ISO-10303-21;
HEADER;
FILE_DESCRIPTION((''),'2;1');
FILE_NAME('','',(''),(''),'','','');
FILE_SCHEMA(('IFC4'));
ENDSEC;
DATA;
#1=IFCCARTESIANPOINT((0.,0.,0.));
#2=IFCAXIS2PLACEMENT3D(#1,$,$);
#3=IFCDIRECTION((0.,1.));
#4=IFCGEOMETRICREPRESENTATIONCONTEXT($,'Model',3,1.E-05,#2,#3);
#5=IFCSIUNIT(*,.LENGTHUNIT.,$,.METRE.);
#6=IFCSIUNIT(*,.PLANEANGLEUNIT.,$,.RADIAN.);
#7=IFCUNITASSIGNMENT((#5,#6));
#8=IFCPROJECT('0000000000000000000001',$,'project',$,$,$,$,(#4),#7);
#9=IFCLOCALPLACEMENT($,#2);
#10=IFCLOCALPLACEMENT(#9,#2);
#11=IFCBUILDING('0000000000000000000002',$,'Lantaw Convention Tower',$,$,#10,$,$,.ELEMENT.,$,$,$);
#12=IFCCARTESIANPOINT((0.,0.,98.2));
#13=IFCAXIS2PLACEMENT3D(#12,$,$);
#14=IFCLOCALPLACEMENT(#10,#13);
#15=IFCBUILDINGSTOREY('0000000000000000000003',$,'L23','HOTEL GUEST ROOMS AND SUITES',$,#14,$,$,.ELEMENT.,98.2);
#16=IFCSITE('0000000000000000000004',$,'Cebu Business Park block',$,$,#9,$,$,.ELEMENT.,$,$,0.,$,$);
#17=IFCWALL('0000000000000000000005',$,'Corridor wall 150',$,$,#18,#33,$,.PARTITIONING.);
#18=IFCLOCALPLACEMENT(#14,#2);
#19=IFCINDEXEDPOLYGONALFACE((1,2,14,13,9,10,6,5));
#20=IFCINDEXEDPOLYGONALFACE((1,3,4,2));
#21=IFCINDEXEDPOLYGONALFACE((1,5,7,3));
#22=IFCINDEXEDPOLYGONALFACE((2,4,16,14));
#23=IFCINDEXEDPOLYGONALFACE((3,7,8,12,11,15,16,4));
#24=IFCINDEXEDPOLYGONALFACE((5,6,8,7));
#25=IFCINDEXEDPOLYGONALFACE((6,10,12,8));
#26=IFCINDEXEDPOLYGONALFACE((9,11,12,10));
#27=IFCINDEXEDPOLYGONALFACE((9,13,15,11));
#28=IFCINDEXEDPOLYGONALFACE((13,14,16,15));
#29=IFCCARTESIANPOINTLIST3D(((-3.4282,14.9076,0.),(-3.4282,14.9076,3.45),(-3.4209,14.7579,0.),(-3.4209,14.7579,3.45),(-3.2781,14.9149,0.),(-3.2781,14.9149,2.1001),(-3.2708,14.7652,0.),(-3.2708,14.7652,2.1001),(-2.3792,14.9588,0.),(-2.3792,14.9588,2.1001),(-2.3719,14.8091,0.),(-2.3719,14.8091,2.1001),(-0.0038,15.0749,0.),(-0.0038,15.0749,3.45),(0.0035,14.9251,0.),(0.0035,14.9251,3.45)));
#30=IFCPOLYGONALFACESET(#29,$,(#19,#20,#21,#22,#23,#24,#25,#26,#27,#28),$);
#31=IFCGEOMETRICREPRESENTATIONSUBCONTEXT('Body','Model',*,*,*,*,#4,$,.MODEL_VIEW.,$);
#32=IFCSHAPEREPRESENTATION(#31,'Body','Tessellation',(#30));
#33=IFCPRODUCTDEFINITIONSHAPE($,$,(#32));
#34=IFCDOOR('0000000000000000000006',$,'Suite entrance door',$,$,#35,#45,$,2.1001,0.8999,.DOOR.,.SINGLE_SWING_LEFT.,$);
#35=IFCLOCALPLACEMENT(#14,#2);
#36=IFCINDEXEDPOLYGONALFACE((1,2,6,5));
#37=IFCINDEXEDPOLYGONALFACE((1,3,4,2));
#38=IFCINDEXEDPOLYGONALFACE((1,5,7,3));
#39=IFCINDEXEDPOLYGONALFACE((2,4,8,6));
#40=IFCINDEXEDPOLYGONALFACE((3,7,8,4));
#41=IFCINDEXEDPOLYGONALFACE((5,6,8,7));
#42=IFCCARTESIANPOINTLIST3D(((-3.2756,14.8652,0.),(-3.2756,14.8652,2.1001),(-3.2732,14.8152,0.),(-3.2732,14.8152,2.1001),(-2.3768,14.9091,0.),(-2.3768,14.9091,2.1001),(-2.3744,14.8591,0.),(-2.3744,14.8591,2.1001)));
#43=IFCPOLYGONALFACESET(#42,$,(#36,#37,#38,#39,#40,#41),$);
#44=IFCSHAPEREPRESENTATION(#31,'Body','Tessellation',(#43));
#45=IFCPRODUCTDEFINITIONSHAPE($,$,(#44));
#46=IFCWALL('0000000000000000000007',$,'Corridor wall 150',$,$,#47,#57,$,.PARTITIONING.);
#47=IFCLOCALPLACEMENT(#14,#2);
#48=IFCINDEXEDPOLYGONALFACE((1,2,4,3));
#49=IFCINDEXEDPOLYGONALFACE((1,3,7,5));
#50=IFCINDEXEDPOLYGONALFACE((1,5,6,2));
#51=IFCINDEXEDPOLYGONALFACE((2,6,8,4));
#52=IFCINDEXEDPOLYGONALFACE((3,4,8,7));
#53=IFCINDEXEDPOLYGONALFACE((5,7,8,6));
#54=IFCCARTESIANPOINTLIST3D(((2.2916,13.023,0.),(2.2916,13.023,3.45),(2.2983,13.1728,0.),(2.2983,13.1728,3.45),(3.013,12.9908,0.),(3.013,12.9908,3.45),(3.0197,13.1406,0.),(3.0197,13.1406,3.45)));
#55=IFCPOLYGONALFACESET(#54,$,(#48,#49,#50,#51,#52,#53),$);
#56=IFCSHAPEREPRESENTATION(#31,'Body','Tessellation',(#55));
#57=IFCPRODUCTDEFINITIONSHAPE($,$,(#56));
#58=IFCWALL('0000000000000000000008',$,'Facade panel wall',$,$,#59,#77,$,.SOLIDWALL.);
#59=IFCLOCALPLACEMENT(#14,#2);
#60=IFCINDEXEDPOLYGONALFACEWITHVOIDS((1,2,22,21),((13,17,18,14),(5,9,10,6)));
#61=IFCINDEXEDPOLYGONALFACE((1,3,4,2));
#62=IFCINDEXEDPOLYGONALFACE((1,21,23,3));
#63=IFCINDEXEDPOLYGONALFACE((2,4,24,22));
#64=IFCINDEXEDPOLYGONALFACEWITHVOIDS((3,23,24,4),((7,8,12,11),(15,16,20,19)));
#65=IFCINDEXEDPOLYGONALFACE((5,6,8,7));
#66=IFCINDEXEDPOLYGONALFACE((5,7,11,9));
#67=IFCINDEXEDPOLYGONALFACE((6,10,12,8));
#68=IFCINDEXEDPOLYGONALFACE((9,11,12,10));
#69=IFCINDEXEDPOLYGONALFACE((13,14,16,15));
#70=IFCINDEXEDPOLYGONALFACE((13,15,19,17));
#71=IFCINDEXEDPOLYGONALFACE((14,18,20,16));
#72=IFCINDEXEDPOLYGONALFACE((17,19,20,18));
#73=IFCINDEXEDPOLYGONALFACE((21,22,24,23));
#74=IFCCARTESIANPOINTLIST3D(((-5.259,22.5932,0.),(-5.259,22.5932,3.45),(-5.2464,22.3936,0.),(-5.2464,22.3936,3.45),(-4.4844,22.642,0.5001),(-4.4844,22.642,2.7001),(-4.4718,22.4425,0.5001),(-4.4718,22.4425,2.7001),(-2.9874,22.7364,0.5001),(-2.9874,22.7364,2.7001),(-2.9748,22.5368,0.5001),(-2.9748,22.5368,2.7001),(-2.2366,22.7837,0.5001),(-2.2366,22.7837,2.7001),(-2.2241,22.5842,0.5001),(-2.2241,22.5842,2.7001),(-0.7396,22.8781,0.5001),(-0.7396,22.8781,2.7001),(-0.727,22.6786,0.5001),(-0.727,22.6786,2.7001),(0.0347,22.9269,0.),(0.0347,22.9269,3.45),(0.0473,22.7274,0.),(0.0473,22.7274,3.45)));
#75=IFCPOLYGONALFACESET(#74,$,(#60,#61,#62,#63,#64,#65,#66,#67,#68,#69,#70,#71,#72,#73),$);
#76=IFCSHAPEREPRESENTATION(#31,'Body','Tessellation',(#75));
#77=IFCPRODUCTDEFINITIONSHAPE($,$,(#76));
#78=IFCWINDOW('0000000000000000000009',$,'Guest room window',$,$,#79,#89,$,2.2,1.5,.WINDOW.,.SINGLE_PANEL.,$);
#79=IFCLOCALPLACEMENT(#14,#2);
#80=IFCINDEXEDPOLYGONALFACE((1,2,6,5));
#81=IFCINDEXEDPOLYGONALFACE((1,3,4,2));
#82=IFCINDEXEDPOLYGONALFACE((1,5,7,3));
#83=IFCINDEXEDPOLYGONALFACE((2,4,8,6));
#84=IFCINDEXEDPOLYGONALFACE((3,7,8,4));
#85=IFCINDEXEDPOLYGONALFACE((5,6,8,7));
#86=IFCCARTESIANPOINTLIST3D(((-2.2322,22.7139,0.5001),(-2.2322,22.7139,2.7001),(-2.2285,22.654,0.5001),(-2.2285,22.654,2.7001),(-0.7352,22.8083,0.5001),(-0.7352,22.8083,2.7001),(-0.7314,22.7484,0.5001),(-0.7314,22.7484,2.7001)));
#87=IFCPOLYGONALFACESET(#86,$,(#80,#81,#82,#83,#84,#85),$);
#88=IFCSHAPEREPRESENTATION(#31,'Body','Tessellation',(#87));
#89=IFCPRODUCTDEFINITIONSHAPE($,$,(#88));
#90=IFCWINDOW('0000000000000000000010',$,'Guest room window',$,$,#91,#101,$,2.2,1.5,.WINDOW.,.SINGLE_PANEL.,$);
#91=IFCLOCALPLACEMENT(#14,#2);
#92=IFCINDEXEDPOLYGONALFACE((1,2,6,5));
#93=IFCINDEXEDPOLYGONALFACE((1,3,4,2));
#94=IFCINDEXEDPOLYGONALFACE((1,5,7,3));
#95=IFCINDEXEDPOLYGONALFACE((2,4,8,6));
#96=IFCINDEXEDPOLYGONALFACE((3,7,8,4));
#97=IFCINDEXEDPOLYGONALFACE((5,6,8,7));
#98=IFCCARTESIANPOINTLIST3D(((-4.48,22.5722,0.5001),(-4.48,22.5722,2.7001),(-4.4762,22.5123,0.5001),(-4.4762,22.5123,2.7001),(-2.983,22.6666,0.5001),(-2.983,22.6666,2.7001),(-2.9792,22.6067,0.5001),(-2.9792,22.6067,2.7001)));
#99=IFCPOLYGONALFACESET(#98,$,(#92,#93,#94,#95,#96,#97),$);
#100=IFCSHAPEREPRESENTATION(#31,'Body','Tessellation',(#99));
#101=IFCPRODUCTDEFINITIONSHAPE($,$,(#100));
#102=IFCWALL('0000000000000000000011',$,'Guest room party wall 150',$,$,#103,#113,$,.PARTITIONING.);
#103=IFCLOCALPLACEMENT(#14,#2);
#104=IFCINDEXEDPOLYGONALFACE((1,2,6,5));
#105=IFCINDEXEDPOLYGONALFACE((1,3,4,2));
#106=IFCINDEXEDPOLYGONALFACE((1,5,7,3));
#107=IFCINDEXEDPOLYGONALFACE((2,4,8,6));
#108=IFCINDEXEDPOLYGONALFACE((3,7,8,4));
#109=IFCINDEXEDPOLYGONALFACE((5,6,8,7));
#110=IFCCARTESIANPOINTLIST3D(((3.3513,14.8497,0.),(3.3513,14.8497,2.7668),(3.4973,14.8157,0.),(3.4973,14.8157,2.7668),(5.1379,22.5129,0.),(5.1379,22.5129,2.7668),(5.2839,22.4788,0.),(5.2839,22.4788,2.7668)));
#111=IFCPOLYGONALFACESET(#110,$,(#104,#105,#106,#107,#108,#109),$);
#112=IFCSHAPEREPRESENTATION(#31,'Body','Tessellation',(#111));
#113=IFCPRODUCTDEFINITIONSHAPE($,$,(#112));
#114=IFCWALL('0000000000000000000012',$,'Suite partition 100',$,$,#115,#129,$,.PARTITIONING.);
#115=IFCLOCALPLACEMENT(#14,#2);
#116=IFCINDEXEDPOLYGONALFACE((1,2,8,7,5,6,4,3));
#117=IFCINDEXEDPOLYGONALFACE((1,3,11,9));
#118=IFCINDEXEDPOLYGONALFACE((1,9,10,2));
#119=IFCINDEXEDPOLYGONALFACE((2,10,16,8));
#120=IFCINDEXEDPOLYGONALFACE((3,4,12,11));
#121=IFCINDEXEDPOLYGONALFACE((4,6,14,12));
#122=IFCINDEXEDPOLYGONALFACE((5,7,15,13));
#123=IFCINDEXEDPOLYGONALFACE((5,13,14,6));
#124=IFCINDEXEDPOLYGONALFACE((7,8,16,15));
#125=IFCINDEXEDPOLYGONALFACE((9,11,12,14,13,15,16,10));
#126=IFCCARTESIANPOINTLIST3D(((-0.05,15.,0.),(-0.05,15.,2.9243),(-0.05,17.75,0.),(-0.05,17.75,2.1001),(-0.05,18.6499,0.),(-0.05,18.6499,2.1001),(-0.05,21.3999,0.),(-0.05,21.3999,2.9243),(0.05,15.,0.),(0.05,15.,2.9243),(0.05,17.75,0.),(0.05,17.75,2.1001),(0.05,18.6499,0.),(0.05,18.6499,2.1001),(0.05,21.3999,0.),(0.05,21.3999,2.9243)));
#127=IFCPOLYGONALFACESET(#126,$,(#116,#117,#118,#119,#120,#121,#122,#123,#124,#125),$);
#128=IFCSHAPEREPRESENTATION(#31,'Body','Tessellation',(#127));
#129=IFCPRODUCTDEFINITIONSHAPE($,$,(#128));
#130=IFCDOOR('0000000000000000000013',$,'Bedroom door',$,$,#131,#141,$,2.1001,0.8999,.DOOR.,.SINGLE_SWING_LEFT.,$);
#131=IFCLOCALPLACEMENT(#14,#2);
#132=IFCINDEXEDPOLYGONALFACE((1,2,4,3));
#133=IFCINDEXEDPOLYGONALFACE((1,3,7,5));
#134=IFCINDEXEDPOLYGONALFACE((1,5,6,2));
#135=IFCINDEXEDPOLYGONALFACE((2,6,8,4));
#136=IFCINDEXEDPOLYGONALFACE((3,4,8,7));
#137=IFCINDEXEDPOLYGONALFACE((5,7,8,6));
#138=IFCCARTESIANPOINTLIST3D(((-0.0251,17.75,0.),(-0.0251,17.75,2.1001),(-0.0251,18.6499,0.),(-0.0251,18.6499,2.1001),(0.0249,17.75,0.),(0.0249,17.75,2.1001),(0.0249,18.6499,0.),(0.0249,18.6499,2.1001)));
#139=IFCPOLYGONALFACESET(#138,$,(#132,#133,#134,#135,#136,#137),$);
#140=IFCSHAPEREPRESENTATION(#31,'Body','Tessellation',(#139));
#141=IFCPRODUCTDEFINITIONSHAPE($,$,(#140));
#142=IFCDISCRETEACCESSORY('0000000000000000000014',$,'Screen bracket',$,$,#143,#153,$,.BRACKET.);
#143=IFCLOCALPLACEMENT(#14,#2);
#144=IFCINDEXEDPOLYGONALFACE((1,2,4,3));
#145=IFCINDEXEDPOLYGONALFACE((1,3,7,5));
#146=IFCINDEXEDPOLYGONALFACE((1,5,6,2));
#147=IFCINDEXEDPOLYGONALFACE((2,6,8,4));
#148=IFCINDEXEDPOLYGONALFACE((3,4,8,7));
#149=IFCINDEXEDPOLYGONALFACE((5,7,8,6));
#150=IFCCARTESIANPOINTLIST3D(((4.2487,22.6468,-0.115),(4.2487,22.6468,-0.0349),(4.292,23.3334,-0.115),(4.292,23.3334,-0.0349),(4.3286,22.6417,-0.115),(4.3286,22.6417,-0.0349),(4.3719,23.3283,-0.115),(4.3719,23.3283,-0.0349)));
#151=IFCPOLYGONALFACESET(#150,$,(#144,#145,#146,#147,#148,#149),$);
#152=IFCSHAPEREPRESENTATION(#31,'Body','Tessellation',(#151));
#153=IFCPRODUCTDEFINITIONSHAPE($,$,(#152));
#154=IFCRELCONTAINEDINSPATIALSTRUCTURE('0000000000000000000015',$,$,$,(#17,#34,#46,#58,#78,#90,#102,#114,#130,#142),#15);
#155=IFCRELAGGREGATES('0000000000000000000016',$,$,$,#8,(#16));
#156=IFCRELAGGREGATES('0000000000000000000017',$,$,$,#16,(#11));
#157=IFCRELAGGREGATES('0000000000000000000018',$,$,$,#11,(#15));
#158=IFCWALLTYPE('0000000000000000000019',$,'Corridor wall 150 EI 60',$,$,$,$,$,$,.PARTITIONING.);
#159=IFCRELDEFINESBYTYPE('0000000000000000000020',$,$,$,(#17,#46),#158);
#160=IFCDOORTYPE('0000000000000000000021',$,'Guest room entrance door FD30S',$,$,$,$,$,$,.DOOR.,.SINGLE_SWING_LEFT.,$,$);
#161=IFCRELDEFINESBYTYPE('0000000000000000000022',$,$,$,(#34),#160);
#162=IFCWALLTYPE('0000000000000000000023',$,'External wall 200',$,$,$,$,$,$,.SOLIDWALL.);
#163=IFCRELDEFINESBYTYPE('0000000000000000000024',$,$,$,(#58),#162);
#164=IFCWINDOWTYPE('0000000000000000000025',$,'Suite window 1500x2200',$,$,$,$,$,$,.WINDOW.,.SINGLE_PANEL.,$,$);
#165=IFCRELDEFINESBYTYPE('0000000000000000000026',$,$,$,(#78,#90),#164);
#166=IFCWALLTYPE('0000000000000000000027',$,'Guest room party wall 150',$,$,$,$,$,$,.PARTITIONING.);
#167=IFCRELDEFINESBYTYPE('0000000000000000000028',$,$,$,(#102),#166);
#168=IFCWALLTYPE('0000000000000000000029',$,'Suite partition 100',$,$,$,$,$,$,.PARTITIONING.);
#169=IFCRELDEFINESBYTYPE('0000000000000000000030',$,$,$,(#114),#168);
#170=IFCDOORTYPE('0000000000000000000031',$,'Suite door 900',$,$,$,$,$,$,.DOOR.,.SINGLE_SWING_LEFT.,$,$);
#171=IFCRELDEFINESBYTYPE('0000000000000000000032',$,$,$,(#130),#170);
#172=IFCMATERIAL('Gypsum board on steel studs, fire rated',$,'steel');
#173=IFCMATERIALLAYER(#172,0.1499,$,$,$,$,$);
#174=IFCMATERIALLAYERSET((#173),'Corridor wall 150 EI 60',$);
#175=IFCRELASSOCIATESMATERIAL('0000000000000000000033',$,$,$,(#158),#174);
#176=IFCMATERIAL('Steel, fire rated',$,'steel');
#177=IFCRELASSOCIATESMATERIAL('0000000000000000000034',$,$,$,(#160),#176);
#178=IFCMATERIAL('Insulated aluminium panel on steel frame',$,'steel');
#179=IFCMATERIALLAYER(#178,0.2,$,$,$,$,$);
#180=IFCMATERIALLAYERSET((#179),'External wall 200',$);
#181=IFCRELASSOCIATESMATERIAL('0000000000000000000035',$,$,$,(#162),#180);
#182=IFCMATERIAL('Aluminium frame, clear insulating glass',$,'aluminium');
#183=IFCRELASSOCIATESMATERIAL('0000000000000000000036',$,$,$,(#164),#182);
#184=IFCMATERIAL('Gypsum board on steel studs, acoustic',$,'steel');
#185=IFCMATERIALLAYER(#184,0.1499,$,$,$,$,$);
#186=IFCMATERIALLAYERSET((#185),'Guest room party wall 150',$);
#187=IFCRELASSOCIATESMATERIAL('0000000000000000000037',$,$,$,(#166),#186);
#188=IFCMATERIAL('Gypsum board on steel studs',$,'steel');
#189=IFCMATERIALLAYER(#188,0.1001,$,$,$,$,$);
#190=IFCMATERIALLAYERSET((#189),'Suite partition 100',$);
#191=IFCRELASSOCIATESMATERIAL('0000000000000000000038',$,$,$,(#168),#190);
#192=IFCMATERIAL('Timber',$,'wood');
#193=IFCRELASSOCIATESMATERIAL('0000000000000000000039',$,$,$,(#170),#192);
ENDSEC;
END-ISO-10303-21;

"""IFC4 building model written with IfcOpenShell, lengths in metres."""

from ifc_helpers import new_model, si_unit, direction, frame, frame_2d, origin, origin_2d, place, context, subcontext, project, spatial, rectangle, extrude, material, layer, layer_set, type_object, element, fill, save


model = new_model("IFC4")

# Units and contexts
model_context = context("Model", 3, precision=1e-05, world=origin(), true_north=direction((0.0, 1.0)))
body_context = subcontext(model_context, "Body", "Model", "MODEL_VIEW")
ifc_project = project(units=[si_unit("LENGTHUNIT", "METRE"), si_unit("PLANEANGLEUNIT", "RADIAN")], contexts=[model_context])

# Site, building, storey
site_placement = place(None, origin())
site = spatial("IfcSite", under=ifc_project, at=site_placement, Name="Cebu Business Park block", CompositionType="ELEMENT", RefElevation=0.0)
building_placement = place(site_placement, origin())
building = spatial("IfcBuilding", under=site, at=building_placement, Name="Lantaw Convention Tower", CompositionType="ELEMENT")
storey_placement = place(building_placement, frame((0.0, 0.0, 98.2)))
storey = spatial("IfcBuildingStorey", under=building, at=storey_placement, Name="L23", Description="HOTEL GUEST ROOMS AND SUITES", CompositionType="ELEMENT", Elevation=98.2)

# Shared definitions
ifc_material_1 = material(Name="Gypsum board on steel studs", Category="steel")

# Shared definitions
ifc_material_2 = material(Name="Timber", Category="wood")

# Shared definitions
ifc_material_3 = material(Name="Gypsum board on steel studs, fire rated", Category="steel")
ifc_layer_1 = layer(ifc_material_3, 0.1499)
ifc_layer_set_1 = layer_set([ifc_layer_1], Name="Corridor wall 150 EI 60")
wall_type_1 = type_object("IfcWallType", Name="Corridor wall 150 EI 60", PredefinedType="PARTITIONING", material=ifc_layer_set_1)

# Wall, opening, door
wall_1_placement = place(storey_placement, frame((0.0, 15.0, 0.0), z_axis=(0.0, 0.0, 1.0), x_axis=(-0.99881, -0.04878, 0.0)))
wall_1 = element("IfcWall", 1, at=wall_1_placement, inside=storey, type_object=wall_type_1, Name="Corridor wall 150", PredefinedType="PARTITIONING", context=body_context, shape_type="SweptSolid", body=[
    extrude(rectangle(XDim=3.4285, YDim=0.1499, at=frame_2d((1.7144, 0.0))), origin(), (0.0, 0.0, 1.0), 3.45),
])
opening_1_placement = place(wall_1_placement, frame((2.3784, 0.0, 0.0)))
opening_1 = element("IfcOpeningElement", 2, at=opening_1_placement, cuts=wall_1, PredefinedType="OPENING", context=body_context, shape_type="SweptSolid", body=[
    extrude(rectangle(XDim=0.8999, YDim=2.1001, at=frame_2d((0.45, 1.05))), frame((0.0, 0.085, 0.0), z_axis=(0.0, -1.0, 0.0), x_axis=(1.0, 0.0, 0.0)), (0.0, 0.0, 1.0), 0.1699),
])
ifc_material_4 = material(Name="Steel, fire rated", Category="steel")
door_type_1 = type_object("IfcDoorType", Name="Guest room entrance door FD30S", OperationType="SINGLE_SWING_LEFT", PredefinedType="DOOR", material=ifc_material_4)
door_1_placement = place(opening_1_placement, origin())
door_1 = element("IfcDoor", 3, at=door_1_placement, inside=storey, type_object=door_type_1, Name="Suite entrance door", OperationType="SINGLE_SWING_LEFT", OverallHeight=2.1001, OverallWidth=0.8999, PredefinedType="DOOR", context=body_context, shape_type="SweptSolid", body=[
    extrude(rectangle(XDim=0.8999, YDim=2.1001, at=frame_2d((0.45, 1.05))), frame((0.0, 0.0249, 0.0), z_axis=(0.0, -1.0, 0.0), x_axis=(1.0, 0.0, 0.0)), (0.0, 0.0, 1.0), 0.05),
])
fill(opening_1, door_1)

# Wall
wall_2_placement = place(storey_placement, frame((3.0164, 13.0657, 0.0), z_axis=(0.0, 0.0, 1.0), x_axis=(-0.999004, 0.044626, 0.0)))
element("IfcWall", 4, at=wall_2_placement, inside=storey, type_object=wall_type_1, Name="Corridor wall 150", PredefinedType="PARTITIONING", context=body_context, shape_type="SweptSolid", body=[
    extrude(rectangle(XDim=0.7222, YDim=0.1499, at=frame_2d((0.3611, 0.0))), origin(), (0.0, 0.0, 1.0), 3.45),
])

# Wall, openings, windows
ifc_material_5 = material(Name="Insulated aluminium panel on steel frame", Category="steel")
ifc_layer_2 = layer(ifc_material_5, 0.2)
ifc_layer_set_2 = layer_set([ifc_layer_2], Name="External wall 200")
wall_type_2 = type_object("IfcWallType", Name="External wall 200", PredefinedType="SOLIDWALL", material=ifc_layer_set_2)
wall_3_placement = place(storey_placement, frame((0.041, 22.8271, 0.0), z_axis=(0.0, 0.0, 1.0), x_axis=(-0.998019, -0.06292, 0.0)))
wall_3 = element("IfcWall", 5, at=wall_3_placement, inside=storey, type_object=wall_type_2, Name="Facade panel wall", PredefinedType="SOLIDWALL", context=body_context, shape_type="SweptSolid", body=[
    extrude(rectangle(XDim=5.3042, YDim=0.2, at=frame_2d((2.6521, 0.0))), origin(), (0.0, 0.0, 1.0), 3.45),
])
opening_2_placement = place(wall_3_placement, frame((0.7759, 0.0, 0.5)))
opening_2 = element("IfcOpeningElement", 6, at=opening_2_placement, cuts=wall_3, PredefinedType="OPENING", context=body_context, shape_type="SweptSolid", body=[
    extrude(rectangle(XDim=1.5, YDim=2.2, at=frame_2d((0.75, 1.1001))), frame((0.0, 0.1099, 0.0), z_axis=(0.0, -1.0, 0.0), x_axis=(1.0, 0.0, 0.0)), (0.0, 0.0, 1.0), 0.22),
])
opening_3_placement = place(wall_3_placement, frame((3.0281, 0.0, 0.5)))
opening_3 = element("IfcOpeningElement", 7, at=opening_3_placement, cuts=wall_3, PredefinedType="OPENING", context=body_context, shape_type="SweptSolid", body=[
    extrude(rectangle(XDim=1.5, YDim=2.2, at=frame_2d((0.75, 1.1001))), frame((0.0, 0.1099, 0.0), z_axis=(0.0, -1.0, 0.0), x_axis=(1.0, 0.0, 0.0)), (0.0, 0.0, 1.0), 0.22),
])
ifc_material_6 = material(Name="Aluminium frame, clear insulating glass", Category="aluminium")
window_type = type_object("IfcWindowType", Name="Suite window 1500x2200", PartitioningType="SINGLE_PANEL", PredefinedType="WINDOW", material=ifc_material_6)
window_1_placement = place(opening_2_placement, origin())
window_1 = element("IfcWindow", 8, at=window_1_placement, inside=storey, type_object=window_type, Name="Guest room window", OverallHeight=2.2, OverallWidth=1.5, PartitioningType="SINGLE_PANEL", PredefinedType="WINDOW", context=body_context, shape_type="SweptSolid", body=[
    extrude(rectangle(XDim=1.5, YDim=2.2, at=frame_2d((0.75, 1.1001))), frame((0.0, 0.03, 0.0), z_axis=(0.0, -1.0, 0.0), x_axis=(1.0, 0.0, 0.0)), (0.0, 0.0, 1.0), 0.0601),
])
fill(opening_2, window_1)
window_2_placement = place(opening_3_placement, origin())
window_2 = element("IfcWindow", 9, at=window_2_placement, inside=storey, type_object=window_type, Name="Guest room window", OverallHeight=2.2, OverallWidth=1.5, PartitioningType="SINGLE_PANEL", PredefinedType="WINDOW", context=body_context, shape_type="SweptSolid", body=[
    extrude(rectangle(XDim=1.5, YDim=2.2, at=frame_2d((0.75, 1.1001))), frame((0.0, 0.03, 0.0), z_axis=(0.0, -1.0, 0.0), x_axis=(1.0, 0.0, 0.0)), (0.0, 0.0, 1.0), 0.0601),
])
fill(opening_3, window_2)

# Wall
ifc_material_7 = material(Name="Gypsum board on steel studs, acoustic", Category="steel")
ifc_layer_3 = layer(ifc_material_7, 0.1499)
ifc_layer_set_3 = layer_set([ifc_layer_3], Name="Guest room party wall 150")
wall_type_3 = type_object("IfcWallType", Name="Guest room party wall 150", PredefinedType="PARTITIONING", material=ifc_layer_set_3)
wall_4_placement = place(storey_placement, frame((5.2109, 22.4958, 0.0), z_axis=(0.0, 0.0, 1.0), x_axis=(-0.227057, -0.973881, 0.0)))
element("IfcWall", 10, at=wall_4_placement, inside=storey, type_object=wall_type_3, Name="Guest room party wall 150", PredefinedType="PARTITIONING", context=body_context, shape_type="SweptSolid", body=[
    extrude(rectangle(XDim=7.8687, YDim=0.1499, at=frame_2d((3.9343, 0.0))), origin(), (0.0, 0.0, 1.0), 2.7668),
])

# Wall, opening, door
ifc_layer_4 = layer(ifc_material_1, 0.1001)
ifc_layer_set_4 = layer_set([ifc_layer_4], Name="Suite partition 100")
wall_type_4 = type_object("IfcWallType", Name="Suite partition 100", PredefinedType="PARTITIONING", material=ifc_layer_set_4)
wall_5_placement = place(storey_placement, frame((0.0, 21.3999, 0.0), z_axis=(0.0, 0.0, 1.0), x_axis=(0.0, -1.0, 0.0)))
wall_5 = element("IfcWall", 11, at=wall_5_placement, inside=storey, type_object=wall_type_4, Name="Suite partition 100", PredefinedType="PARTITIONING", context=body_context, shape_type="SweptSolid", body=[
    extrude(rectangle(XDim=6.3999, YDim=0.1001, at=frame_2d((3.2, 0.0))), origin(), (0.0, 0.0, 1.0), 2.9243),
])
opening_4_placement = place(wall_5_placement, frame((2.75, 0.0, 0.0)))
opening_4 = element("IfcOpeningElement", 12, at=opening_4_placement, cuts=wall_5, PredefinedType="OPENING", context=body_context, shape_type="SweptSolid", body=[
    extrude(rectangle(XDim=0.8999, YDim=2.1001, at=frame_2d((0.45, 1.05))), frame((0.0, 0.0601, 0.0), z_axis=(0.0, -1.0, 0.0), x_axis=(1.0, 0.0, 0.0)), (0.0, 0.0, 1.0), 0.1201),
])
door_type_2 = type_object("IfcDoorType", Name="Suite door 900", OperationType="SINGLE_SWING_LEFT", PredefinedType="DOOR", material=ifc_material_2)
door_2_placement = place(opening_4_placement, origin())
door_2 = element("IfcDoor", 13, at=door_2_placement, inside=storey, type_object=door_type_2, Name="Bedroom door", OperationType="SINGLE_SWING_LEFT", OverallHeight=2.1001, OverallWidth=0.8999, PredefinedType="DOOR", context=body_context, shape_type="SweptSolid", body=[
    extrude(rectangle(XDim=0.8999, YDim=2.1001, at=frame_2d((0.45, 1.05))), frame((0.0, 0.0249, 0.0), z_axis=(0.0, -1.0, 0.0), x_axis=(1.0, 0.0, 0.0)), (0.0, 0.0, 1.0), 0.05),
])
fill(opening_4, door_2)

# Discrete accessory
discrete_accessory_placement = place(storey_placement, frame((4.3103, 22.9875, -0.115), z_axis=(0.0, 0.0, 1.0), x_axis=(-0.998016, 0.062958, 0.0)))
element("IfcDiscreteAccessory", 14, at=discrete_accessory_placement, inside=storey, Name="Screen bracket", PredefinedType="BRACKET", context=body_context, shape_type="SweptSolid", body=[
    extrude(rectangle(XDim=0.0801, YDim=0.688, at=origin_2d()), origin(), (0.0, 0.0, 1.0), 0.0801),
])

save(model, "model.ifc")
